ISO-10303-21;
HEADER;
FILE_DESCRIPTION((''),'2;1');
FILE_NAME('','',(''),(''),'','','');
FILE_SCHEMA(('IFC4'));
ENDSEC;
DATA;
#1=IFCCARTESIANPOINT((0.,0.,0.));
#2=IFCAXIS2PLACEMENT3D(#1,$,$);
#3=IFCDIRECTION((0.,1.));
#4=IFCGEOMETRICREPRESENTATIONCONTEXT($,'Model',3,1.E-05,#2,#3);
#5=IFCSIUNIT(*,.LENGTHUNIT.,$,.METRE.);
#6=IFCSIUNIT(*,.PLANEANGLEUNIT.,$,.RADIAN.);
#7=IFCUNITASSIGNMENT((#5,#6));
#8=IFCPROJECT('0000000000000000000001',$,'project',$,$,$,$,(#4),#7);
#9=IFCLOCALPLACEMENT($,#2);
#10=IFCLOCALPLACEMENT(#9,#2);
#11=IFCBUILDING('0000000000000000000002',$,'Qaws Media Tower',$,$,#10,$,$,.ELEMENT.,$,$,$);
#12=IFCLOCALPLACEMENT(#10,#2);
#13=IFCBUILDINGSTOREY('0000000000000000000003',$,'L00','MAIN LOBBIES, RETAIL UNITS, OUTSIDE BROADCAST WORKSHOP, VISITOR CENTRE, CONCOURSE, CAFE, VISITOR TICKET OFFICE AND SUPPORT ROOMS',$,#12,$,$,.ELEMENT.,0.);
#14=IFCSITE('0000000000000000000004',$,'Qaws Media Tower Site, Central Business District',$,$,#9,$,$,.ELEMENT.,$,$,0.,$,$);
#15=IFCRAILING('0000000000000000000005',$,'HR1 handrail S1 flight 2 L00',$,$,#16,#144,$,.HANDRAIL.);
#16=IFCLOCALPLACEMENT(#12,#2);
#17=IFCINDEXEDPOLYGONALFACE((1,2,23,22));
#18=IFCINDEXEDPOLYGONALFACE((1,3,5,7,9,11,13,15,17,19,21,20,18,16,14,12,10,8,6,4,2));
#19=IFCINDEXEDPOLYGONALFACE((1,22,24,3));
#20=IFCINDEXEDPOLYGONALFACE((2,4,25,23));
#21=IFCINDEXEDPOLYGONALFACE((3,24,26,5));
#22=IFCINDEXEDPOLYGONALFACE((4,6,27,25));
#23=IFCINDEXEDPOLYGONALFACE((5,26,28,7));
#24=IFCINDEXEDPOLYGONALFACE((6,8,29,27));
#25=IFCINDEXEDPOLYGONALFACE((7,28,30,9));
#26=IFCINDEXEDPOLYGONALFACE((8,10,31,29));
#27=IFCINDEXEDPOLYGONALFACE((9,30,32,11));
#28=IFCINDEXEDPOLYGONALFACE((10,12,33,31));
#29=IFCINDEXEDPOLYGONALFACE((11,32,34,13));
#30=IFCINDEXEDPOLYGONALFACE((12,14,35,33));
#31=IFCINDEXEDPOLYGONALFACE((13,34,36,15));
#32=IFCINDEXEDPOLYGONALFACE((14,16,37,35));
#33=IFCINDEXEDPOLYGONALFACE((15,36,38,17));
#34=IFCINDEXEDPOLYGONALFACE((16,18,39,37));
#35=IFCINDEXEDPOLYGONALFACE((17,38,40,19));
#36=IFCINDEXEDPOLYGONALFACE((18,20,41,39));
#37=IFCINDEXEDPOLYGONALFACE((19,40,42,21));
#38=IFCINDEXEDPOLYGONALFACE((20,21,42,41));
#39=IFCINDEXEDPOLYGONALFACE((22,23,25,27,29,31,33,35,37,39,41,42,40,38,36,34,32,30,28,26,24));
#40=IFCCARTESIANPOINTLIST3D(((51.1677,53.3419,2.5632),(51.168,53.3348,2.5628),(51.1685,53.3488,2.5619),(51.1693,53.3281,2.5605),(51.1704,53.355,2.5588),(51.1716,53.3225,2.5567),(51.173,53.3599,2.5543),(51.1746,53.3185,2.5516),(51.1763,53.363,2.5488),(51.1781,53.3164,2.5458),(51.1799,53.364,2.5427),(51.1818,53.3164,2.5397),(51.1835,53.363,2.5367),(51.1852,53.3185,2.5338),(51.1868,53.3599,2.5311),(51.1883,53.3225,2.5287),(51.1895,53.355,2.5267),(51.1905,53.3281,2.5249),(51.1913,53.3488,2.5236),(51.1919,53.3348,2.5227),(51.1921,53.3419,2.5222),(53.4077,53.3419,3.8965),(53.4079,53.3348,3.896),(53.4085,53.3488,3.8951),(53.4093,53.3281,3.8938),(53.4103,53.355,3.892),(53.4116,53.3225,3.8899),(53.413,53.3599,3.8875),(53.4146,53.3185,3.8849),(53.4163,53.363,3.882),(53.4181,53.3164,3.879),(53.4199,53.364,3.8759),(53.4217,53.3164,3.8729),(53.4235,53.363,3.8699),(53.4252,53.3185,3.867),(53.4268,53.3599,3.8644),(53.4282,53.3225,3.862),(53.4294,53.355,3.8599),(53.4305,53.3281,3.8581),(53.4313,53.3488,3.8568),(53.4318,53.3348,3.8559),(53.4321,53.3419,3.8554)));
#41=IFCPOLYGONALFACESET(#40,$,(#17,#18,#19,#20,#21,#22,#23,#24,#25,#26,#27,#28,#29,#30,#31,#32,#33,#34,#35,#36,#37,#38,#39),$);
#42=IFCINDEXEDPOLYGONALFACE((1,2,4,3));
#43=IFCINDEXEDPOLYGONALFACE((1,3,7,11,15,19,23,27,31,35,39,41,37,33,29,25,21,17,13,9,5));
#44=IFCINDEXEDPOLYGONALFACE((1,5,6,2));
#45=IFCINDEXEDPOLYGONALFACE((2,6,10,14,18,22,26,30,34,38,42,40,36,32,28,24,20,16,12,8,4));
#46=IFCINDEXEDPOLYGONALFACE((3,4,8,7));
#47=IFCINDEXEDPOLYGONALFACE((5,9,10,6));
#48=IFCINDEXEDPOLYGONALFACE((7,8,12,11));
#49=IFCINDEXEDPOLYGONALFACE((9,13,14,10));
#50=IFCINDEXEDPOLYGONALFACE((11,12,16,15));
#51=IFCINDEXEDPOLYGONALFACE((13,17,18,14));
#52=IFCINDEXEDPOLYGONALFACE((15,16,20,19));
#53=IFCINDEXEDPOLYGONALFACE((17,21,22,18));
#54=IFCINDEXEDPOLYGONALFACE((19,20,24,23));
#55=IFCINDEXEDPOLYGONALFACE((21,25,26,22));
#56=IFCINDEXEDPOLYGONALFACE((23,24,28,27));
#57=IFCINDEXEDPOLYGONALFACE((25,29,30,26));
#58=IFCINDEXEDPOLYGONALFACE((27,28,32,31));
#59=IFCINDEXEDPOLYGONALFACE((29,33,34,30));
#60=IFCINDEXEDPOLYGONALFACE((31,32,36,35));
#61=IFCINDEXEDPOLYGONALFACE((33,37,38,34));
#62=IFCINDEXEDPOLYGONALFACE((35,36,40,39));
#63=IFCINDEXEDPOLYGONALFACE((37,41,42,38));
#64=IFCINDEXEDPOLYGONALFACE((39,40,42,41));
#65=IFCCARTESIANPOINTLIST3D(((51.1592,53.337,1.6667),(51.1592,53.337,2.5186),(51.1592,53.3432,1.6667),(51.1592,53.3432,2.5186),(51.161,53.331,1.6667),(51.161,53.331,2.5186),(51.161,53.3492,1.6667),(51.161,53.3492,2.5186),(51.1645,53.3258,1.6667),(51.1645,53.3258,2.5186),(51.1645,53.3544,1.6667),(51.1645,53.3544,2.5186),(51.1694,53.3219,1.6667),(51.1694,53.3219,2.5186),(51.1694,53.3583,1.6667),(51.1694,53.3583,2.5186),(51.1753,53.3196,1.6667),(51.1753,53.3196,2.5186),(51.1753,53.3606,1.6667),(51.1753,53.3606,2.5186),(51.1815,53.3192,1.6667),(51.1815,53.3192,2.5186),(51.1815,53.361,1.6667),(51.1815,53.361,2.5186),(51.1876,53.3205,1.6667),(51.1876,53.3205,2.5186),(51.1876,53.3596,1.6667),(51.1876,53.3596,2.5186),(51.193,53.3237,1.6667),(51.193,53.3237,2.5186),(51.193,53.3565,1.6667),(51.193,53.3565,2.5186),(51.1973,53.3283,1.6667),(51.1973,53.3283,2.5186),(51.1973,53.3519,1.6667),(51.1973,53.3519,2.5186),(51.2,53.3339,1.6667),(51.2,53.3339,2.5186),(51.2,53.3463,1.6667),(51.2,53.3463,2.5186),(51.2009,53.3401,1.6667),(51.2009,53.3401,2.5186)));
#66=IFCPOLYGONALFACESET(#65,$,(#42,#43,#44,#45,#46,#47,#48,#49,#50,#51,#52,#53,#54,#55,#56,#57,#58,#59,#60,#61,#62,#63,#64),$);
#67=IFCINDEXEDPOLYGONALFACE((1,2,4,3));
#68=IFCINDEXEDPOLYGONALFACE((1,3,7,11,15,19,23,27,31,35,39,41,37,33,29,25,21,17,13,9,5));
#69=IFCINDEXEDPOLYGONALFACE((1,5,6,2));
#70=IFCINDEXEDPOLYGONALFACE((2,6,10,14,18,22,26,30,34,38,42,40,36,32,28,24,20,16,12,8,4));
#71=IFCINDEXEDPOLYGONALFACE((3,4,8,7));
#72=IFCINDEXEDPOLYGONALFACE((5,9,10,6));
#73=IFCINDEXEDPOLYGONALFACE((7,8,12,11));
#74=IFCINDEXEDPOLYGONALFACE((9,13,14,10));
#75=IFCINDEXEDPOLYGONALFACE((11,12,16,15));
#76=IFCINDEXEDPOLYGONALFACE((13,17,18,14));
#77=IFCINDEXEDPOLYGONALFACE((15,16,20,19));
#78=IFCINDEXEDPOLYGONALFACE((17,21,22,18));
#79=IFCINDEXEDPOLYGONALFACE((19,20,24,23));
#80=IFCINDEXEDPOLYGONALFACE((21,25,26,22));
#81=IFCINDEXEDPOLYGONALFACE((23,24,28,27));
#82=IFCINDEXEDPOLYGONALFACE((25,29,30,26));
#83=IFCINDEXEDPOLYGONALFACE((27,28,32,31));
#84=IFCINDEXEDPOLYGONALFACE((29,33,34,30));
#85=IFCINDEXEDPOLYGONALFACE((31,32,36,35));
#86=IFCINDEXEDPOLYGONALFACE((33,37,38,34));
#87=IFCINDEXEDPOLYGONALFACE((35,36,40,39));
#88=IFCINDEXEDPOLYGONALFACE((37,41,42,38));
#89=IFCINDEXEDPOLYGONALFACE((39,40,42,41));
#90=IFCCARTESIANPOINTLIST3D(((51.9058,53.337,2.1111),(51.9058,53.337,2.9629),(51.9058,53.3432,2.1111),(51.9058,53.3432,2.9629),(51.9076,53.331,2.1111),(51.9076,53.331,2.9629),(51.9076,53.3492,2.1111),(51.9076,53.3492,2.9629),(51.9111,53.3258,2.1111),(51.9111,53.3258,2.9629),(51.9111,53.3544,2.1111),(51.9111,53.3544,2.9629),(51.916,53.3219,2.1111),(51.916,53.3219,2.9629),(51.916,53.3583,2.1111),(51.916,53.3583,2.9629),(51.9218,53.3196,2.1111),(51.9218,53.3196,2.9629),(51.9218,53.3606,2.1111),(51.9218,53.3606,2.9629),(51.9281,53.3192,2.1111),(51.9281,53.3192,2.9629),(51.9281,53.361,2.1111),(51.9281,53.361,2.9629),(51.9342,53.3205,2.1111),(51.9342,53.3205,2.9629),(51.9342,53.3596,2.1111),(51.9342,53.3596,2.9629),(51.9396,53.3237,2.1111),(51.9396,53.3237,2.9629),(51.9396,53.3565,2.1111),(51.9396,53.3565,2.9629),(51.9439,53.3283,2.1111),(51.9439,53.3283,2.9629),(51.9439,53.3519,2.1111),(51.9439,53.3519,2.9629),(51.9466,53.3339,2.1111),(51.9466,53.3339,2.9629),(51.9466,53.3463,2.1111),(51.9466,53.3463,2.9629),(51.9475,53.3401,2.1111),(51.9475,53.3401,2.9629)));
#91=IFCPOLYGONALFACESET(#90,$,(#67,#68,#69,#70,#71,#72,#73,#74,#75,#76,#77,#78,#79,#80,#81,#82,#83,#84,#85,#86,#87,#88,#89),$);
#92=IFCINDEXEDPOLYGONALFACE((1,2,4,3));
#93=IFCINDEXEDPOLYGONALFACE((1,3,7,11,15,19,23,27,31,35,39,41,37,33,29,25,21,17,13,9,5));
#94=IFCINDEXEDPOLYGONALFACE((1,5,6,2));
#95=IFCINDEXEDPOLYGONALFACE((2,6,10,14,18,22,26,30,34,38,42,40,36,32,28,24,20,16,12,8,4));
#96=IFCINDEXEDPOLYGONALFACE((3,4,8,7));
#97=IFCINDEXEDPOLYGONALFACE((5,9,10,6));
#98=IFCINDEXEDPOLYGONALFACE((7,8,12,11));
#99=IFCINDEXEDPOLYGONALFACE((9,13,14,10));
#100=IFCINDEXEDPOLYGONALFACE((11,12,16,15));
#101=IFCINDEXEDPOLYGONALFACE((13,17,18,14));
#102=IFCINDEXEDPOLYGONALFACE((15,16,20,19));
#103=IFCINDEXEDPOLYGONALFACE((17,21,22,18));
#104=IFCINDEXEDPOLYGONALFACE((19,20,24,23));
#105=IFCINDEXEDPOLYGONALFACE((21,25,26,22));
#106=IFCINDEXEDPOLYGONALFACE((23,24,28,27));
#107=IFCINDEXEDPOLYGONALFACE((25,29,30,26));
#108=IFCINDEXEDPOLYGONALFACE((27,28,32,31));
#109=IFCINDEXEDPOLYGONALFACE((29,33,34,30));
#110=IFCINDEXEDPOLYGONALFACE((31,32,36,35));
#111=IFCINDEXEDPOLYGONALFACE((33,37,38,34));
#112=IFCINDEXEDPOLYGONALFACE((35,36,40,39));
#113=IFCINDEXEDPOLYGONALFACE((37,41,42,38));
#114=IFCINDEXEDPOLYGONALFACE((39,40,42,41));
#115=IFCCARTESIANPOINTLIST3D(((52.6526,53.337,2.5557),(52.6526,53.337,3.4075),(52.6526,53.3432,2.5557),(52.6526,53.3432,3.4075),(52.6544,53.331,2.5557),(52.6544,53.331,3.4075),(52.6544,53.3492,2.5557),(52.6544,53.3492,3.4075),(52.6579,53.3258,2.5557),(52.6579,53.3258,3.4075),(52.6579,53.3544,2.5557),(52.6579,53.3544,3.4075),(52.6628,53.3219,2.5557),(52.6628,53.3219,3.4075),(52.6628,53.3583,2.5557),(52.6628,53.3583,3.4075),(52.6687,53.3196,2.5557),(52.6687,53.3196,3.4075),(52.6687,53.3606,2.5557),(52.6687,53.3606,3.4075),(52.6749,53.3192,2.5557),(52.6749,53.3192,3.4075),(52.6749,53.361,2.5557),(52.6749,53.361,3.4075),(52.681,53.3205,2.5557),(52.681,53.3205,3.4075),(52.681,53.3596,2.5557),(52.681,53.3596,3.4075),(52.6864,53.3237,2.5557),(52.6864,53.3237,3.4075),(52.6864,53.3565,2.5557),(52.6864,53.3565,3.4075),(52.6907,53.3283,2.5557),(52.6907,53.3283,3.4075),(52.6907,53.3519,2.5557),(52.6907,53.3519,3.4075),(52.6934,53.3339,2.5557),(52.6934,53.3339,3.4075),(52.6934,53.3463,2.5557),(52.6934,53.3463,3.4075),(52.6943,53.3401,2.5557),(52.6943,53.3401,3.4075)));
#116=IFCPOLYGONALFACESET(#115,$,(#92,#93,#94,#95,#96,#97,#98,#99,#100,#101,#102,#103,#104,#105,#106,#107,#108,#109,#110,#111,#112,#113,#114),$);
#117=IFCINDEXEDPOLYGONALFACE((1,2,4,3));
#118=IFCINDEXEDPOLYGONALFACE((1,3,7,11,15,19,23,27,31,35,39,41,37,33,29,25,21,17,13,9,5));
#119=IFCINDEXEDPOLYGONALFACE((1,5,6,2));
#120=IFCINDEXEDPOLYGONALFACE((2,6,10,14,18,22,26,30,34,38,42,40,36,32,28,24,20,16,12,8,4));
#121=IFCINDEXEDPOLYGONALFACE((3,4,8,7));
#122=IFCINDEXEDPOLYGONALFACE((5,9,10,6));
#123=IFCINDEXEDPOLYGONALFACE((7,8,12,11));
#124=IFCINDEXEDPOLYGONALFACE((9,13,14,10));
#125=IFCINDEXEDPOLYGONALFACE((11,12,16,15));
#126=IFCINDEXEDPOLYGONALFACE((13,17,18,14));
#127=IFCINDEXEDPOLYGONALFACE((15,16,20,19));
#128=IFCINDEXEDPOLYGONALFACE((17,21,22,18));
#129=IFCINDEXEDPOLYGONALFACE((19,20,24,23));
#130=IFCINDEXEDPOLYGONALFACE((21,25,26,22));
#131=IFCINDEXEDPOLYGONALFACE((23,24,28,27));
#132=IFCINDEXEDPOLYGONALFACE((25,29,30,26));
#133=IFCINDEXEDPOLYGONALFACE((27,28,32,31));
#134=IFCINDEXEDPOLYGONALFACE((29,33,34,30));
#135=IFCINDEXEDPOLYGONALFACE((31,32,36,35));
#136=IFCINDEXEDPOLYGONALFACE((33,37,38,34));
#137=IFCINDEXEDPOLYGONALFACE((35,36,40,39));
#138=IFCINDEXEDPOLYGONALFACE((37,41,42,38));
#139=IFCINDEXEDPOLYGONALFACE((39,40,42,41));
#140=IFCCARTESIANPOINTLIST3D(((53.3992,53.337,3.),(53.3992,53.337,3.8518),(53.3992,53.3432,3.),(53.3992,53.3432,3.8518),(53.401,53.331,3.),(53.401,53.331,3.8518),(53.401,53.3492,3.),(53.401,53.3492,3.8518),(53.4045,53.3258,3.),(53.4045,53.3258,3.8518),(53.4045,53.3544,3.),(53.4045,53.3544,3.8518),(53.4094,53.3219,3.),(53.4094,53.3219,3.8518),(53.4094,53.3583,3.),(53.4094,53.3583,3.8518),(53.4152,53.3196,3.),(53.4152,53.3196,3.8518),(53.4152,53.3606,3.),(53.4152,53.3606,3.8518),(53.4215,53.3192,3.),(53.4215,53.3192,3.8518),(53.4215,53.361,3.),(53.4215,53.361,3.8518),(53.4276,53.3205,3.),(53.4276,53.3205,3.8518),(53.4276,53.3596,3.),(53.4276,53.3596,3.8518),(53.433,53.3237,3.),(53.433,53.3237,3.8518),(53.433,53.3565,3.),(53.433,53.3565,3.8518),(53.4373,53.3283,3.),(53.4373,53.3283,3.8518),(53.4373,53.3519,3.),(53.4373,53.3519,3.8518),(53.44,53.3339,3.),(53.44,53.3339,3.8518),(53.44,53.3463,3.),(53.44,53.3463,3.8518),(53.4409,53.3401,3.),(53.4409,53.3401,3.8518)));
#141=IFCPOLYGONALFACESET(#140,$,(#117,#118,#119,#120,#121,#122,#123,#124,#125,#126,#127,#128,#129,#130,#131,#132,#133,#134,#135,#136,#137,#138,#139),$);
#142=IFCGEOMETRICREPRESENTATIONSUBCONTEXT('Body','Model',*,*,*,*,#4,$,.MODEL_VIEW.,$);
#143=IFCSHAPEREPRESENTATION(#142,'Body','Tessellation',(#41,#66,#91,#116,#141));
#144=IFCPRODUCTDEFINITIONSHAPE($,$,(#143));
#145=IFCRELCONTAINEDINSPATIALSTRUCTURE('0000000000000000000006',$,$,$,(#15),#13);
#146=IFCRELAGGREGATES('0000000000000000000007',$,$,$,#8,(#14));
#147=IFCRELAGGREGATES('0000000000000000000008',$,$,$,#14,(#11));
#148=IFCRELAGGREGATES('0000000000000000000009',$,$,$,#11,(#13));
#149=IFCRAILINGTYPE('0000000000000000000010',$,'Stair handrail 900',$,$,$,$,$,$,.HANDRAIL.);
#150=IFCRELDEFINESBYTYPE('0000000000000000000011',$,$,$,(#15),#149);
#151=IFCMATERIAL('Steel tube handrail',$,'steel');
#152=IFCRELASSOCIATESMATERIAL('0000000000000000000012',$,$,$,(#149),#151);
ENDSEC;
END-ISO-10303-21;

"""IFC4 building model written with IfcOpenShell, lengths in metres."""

from ifc_helpers import new_model, si_unit, direction, frame, origin, origin_2d, place, context, subcontext, project, spatial, circle, extrude, material, type_object, element, save


model = new_model("IFC4")

# Units and contexts
model_context = context("Model", 3, precision=1e-05, world=origin(), true_north=direction((0.0, 1.0)))
body_context = subcontext(model_context, "Body", "Model", "MODEL_VIEW")
ifc_project = project(units=[si_unit("LENGTHUNIT", "METRE"), si_unit("PLANEANGLEUNIT", "RADIAN")], contexts=[model_context])

# Site, building, storey
site_placement = place(None, origin())
site = spatial("IfcSite", under=ifc_project, at=site_placement, Name="Qaws Media Tower Site, Central Business District", CompositionType="ELEMENT", RefElevation=0.0)
building_placement = place(site_placement, origin())
building = spatial("IfcBuilding", under=site, at=building_placement, Name="Qaws Media Tower", CompositionType="ELEMENT")
storey_placement = place(building_placement, origin())
storey = spatial("IfcBuildingStorey", under=building, at=storey_placement, Name="L00", Description="MAIN LOBBIES, RETAIL UNITS, OUTSIDE BROADCAST WORKSHOP, VISITOR CENTRE, CONCOURSE, CAFE, VISITOR TICKET OFFICE AND SUPPORT ROOMS", CompositionType="ELEMENT", Elevation=0.0)

# Railing
ifc_material_1 = material(Name="Steel tube handrail", Category="steel")
railing_type = type_object("IfcRailingType", Name="Stair handrail 900", PredefinedType="HANDRAIL", material=ifc_material_1)
for number, where, name in (
    (1, (51.1799, 53.3401, 1.6667), "HR1 handrail S1 flight 2 L00"),
):
    element("IfcRailing", number, at=place(storey_placement, frame(where)), inside=storey, type_object=railing_type, Name=name, PredefinedType="HANDRAIL", context=body_context, shape_type="SweptSolid", body=[
        extrude(circle(Radius=0.0239, at=origin_2d()), frame((0.0, 0.0, 0.876), z_axis=(0.859306, 0.0, 0.511462), x_axis=(0.0, 1.0, 0.0)), (0.0, 0.0, 1.0), 2.6067),
        extrude(circle(Radius=0.021, at=origin_2d()), origin(), (0.0, 0.0, 1.0), 0.8518),
        extrude(circle(Radius=0.021, at=origin_2d()), frame((0.7466, 0.0, 0.4443)), (0.0, 0.0, 1.0), 0.8518),
        extrude(circle(Radius=0.021, at=origin_2d()), frame((1.4934, 0.0, 0.8889)), (0.0, 0.0, 1.0), 0.8518),
        extrude(circle(Radius=0.021, at=origin_2d()), frame((2.24, 0.0, 1.3333)), (0.0, 0.0, 1.0), 0.8518),
    ])

save(model, "model.ifc")
